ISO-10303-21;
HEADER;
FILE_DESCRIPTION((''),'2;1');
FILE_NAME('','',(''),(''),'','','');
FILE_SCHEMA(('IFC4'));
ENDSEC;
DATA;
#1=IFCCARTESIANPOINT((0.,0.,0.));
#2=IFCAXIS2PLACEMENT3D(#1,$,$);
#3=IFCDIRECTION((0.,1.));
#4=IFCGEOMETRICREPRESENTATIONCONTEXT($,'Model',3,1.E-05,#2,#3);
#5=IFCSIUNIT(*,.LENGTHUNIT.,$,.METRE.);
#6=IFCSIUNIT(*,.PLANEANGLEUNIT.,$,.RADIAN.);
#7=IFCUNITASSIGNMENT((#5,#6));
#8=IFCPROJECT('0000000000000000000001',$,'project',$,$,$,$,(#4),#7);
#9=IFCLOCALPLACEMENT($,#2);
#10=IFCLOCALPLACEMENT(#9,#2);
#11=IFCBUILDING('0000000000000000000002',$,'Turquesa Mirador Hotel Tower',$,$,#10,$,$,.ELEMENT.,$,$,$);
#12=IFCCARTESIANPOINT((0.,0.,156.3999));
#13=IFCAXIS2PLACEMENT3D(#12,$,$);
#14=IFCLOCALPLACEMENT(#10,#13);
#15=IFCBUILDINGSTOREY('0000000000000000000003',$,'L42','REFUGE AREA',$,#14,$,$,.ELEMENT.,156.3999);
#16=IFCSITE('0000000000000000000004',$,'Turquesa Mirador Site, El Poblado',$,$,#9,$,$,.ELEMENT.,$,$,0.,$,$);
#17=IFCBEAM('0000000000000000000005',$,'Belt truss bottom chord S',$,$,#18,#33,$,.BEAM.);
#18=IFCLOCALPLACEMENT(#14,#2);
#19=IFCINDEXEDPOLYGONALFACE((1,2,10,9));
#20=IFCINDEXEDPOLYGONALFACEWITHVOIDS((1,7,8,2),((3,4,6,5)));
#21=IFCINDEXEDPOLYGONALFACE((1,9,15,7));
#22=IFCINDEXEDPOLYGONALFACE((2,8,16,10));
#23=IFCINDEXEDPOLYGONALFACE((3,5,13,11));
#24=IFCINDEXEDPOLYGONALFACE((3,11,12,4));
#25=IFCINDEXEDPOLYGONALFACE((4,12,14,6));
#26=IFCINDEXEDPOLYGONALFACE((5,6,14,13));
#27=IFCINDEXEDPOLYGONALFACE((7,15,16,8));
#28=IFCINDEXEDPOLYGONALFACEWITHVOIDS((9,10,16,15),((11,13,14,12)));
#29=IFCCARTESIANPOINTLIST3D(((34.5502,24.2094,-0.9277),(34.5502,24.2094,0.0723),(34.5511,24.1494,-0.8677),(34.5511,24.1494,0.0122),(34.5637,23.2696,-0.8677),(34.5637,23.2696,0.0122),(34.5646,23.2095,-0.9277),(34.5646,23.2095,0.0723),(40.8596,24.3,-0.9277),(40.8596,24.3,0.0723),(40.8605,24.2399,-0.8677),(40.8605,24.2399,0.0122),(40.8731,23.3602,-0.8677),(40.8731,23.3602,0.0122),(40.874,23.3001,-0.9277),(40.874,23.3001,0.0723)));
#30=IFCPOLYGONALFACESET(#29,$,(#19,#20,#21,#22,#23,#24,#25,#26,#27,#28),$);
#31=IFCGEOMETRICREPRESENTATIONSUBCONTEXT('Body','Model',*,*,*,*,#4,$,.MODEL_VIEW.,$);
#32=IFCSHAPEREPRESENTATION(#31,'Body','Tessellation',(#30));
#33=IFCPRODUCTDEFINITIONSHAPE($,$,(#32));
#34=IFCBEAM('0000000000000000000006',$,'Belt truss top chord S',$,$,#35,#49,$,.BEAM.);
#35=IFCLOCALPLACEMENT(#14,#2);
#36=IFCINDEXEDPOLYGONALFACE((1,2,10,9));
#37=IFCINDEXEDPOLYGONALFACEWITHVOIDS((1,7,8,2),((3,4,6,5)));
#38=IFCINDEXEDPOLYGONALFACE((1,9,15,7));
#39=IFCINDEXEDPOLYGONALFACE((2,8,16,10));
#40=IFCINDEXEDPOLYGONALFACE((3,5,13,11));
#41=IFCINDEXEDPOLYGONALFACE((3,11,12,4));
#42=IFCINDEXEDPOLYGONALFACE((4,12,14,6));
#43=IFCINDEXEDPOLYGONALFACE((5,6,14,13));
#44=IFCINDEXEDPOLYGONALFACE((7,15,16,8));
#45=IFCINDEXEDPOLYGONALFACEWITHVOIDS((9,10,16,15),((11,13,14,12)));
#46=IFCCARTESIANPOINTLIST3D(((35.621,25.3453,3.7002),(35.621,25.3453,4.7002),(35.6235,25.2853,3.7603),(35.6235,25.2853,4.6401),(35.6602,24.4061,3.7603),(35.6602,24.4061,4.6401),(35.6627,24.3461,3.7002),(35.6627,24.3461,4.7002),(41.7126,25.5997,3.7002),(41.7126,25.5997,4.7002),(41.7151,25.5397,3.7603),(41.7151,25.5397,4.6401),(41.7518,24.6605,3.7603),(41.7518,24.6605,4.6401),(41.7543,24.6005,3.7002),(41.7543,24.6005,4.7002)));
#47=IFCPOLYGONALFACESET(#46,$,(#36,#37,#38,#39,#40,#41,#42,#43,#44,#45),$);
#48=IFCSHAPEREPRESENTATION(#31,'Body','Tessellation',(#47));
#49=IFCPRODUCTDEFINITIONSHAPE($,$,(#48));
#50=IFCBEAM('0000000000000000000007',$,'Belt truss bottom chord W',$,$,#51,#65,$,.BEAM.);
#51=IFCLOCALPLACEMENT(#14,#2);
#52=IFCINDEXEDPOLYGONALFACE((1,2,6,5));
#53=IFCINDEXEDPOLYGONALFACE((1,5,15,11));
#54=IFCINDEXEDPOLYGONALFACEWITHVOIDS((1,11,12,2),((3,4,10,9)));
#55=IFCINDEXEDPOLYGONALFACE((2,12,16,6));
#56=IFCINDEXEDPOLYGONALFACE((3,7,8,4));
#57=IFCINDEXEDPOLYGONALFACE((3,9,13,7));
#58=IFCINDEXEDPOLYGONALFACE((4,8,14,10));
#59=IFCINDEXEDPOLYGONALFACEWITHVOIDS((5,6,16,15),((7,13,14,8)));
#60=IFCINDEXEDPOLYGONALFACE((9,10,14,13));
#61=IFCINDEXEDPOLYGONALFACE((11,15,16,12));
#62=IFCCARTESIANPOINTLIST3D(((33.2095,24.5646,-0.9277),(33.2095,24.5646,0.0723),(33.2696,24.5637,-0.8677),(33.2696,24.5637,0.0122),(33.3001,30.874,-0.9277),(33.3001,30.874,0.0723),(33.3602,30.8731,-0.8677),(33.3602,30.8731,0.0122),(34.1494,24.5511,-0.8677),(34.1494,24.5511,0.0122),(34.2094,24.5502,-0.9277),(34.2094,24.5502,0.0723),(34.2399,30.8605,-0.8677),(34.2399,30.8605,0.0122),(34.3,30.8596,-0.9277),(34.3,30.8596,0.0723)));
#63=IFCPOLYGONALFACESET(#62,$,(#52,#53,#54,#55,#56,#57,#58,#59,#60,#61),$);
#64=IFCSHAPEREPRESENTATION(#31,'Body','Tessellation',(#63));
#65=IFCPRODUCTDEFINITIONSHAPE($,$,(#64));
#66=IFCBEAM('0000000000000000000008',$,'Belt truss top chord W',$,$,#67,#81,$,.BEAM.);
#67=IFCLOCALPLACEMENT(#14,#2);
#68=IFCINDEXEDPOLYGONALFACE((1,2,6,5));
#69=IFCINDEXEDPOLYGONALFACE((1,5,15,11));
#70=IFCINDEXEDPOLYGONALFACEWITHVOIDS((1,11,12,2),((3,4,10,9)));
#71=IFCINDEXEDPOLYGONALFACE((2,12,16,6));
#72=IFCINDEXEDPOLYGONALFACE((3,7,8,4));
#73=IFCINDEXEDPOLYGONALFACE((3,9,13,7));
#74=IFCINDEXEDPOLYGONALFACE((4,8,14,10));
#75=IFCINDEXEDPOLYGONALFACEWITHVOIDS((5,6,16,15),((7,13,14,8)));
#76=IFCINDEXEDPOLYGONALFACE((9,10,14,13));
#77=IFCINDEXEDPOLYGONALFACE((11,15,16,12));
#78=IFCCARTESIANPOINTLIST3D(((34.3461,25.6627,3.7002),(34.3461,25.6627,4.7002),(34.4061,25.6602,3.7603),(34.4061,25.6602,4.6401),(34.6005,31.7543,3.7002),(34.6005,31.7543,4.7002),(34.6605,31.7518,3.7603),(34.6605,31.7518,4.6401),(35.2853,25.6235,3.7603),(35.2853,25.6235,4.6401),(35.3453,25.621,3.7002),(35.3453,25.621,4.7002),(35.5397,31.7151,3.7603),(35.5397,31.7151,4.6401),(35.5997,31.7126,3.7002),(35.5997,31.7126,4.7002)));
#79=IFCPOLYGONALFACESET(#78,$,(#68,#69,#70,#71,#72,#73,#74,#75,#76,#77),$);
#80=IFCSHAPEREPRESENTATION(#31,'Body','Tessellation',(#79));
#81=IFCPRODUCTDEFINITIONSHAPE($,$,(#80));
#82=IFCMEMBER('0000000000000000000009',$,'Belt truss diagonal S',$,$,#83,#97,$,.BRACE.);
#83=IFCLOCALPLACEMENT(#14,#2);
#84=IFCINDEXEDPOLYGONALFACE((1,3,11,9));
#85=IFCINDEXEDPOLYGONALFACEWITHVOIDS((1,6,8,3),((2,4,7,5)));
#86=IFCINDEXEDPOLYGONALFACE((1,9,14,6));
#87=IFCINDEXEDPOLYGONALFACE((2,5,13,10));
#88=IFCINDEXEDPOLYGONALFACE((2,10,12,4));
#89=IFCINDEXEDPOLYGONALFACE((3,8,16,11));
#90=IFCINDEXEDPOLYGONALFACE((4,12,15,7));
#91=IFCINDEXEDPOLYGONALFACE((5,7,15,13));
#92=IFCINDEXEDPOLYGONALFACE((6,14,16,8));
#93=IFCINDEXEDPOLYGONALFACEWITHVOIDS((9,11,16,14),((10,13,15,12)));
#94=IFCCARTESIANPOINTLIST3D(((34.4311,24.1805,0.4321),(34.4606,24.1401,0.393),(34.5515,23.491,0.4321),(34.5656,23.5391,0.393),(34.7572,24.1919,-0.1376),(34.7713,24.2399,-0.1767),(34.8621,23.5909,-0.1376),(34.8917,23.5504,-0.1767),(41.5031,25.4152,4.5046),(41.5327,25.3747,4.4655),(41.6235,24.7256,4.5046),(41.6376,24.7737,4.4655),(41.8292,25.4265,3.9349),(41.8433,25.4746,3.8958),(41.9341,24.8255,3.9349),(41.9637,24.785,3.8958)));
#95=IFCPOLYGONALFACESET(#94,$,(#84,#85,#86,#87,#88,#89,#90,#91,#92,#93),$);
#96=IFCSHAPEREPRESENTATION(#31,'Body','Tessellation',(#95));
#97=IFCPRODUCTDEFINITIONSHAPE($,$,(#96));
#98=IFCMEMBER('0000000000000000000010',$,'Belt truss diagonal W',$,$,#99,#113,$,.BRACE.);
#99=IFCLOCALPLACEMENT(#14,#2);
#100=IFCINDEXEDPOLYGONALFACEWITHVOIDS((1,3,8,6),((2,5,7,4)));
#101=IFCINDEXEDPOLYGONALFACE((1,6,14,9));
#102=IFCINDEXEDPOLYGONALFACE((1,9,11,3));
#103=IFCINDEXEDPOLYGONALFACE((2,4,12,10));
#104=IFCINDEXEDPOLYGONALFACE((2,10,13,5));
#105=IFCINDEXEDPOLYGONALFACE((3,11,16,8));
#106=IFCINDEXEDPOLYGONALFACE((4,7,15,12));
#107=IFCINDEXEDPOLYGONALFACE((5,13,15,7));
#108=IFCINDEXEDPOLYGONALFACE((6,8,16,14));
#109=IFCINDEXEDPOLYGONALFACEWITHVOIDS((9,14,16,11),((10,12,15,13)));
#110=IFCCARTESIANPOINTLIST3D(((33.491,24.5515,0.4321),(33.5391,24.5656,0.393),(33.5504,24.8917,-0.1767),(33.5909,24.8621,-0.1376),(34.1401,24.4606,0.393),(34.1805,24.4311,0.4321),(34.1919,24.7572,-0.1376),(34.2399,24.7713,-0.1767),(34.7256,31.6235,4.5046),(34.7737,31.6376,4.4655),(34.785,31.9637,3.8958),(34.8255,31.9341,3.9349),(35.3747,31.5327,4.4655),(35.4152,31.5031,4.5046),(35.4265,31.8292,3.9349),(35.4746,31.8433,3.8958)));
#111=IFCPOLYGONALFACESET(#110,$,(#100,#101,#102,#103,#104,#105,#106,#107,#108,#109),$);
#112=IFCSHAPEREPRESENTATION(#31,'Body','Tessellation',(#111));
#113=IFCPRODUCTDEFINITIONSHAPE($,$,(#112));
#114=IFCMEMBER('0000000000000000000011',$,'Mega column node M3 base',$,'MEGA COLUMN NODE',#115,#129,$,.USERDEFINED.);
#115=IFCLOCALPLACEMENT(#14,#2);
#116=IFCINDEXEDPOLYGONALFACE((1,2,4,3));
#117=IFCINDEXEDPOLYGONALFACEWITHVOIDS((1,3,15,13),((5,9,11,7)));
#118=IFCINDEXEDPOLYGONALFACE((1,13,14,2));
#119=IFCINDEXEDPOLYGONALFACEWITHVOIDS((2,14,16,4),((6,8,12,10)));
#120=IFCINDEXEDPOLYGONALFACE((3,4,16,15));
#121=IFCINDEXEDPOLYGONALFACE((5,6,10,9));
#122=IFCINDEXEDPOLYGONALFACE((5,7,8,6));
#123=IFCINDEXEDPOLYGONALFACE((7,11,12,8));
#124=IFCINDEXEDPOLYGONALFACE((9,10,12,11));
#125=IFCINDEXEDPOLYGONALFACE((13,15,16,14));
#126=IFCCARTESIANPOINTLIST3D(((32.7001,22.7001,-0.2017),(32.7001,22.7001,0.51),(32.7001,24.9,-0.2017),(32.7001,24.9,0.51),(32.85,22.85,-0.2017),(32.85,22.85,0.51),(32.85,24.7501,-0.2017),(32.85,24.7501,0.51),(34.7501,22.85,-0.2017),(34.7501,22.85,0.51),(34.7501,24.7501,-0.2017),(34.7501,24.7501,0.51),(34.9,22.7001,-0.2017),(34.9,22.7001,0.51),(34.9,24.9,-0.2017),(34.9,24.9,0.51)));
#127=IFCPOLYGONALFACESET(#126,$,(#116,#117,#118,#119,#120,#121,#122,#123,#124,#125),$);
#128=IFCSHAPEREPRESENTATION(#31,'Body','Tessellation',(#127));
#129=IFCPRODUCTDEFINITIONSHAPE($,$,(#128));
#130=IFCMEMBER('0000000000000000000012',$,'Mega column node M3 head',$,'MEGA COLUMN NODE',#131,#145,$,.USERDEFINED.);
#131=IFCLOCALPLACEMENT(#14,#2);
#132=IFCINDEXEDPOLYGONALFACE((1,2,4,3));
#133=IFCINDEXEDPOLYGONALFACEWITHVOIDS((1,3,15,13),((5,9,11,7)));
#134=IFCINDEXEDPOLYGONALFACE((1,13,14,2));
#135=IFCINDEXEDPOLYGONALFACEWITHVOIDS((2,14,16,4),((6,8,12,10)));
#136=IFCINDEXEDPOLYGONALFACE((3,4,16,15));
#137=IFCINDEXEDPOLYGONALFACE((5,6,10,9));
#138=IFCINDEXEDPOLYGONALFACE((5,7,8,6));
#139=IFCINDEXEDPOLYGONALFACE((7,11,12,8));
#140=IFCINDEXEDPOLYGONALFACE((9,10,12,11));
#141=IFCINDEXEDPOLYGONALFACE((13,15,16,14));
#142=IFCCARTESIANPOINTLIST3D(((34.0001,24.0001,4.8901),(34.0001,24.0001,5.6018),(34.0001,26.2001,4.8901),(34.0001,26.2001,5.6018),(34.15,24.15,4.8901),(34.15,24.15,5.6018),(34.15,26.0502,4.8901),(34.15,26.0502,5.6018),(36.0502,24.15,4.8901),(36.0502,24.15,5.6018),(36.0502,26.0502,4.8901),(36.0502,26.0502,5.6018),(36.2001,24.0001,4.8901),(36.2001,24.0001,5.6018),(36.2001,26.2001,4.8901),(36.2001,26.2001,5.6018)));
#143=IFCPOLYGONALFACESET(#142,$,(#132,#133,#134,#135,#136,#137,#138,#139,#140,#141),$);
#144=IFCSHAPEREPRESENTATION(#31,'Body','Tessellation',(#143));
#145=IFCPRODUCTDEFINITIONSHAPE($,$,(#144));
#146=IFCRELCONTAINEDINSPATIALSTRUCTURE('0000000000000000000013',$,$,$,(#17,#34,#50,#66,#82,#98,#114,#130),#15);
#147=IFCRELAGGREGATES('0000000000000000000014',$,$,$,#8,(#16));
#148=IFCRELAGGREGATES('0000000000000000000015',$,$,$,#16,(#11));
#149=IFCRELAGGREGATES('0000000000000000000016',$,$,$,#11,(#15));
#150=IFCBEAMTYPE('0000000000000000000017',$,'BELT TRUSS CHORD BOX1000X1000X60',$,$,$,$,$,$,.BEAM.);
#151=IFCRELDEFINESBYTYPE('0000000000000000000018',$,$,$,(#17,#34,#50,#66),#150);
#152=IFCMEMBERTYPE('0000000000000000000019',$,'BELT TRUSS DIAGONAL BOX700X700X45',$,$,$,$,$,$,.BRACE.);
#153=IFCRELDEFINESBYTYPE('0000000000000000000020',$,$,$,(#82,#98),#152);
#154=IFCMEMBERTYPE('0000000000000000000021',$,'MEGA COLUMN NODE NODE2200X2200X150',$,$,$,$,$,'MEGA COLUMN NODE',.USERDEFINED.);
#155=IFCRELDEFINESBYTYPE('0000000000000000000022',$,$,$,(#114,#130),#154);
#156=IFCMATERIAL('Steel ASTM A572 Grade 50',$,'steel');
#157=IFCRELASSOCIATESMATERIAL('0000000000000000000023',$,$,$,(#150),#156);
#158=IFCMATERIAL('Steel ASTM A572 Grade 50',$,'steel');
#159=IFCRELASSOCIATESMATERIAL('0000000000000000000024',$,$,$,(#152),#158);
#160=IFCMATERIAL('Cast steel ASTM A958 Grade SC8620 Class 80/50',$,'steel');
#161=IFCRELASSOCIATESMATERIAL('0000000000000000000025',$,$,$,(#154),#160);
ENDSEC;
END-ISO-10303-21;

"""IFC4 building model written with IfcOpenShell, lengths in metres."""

from ifc_helpers import new_model, si_unit, direction, frame, origin, origin_2d, place, context, subcontext, project, spatial, hollow_rectangle, extrude, material, material_profile, profile_set, type_object, element, save


model = new_model("IFC4")

# Units and contexts
model_context = context("Model", 3, precision=1e-05, world=origin(), true_north=direction((0.0, 1.0)))
body_context = subcontext(model_context, "Body", "Model", "MODEL_VIEW")
ifc_project = project(units=[si_unit("LENGTHUNIT", "METRE"), si_unit("PLANEANGLEUNIT", "RADIAN")], contexts=[model_context])

# Site, building, storey
site_placement = place(None, origin())
site = spatial("IfcSite", under=ifc_project, at=site_placement, Name="Turquesa Mirador Site, El Poblado", CompositionType="ELEMENT", RefElevation=0.0)
building_placement = place(site_placement, origin())
building = spatial("IfcBuilding", under=site, at=building_placement, Name="Turquesa Mirador Hotel Tower", CompositionType="ELEMENT")
storey_placement = place(building_placement, frame((0.0, 0.0, 156.3999)))
storey = spatial("IfcBuildingStorey", under=building, at=storey_placement, Name="L42", Description="REFUGE AREA", CompositionType="ELEMENT", Elevation=156.3999)

# Beams
ifc_material_1 = material(Name="Steel ASTM A572 Grade 50", Category="steel")
ifc_material_profile_1 = material_profile(ifc_material_1, hollow_rectangle(XDim=1.0, YDim=1.0, WallThickness=0.0601, at=origin_2d()), Name="BOX1000X1000X60")
ifc_profile_set_1 = profile_set([ifc_material_profile_1], Name="Steel ASTM A572 Grade 50")
beam_type = type_object("IfcBeamType", Name="BELT TRUSS CHORD BOX1000X1000X60", PredefinedType="BEAM", material=ifc_profile_set_1)
beam_1_placement = place(storey_placement, frame((34.5574, 23.7095, -0.4277), z_axis=(0.999897, 0.014354, 0.0), x_axis=(-0.014354, 0.999897, 0.0)))
element("IfcBeam", 1, at=beam_1_placement, inside=storey, type_object=beam_type, Name="Belt truss bottom chord S", PredefinedType="BEAM", context=body_context, shape_type="SweptSolid", body=[
    extrude(hollow_rectangle(XDim=1.0, YDim=1.0, WallThickness=0.0601, at=origin_2d()), origin(), (0.0, 0.0, 1.0), 6.3101),
])
beam_2_placement = place(storey_placement, frame((35.6418, 24.8457, 4.2002), z_axis=(0.999129, 0.041725, 0.0), x_axis=(-0.041725, 0.999129, 0.0)))
element("IfcBeam", 2, at=beam_2_placement, inside=storey, type_object=beam_type, Name="Belt truss top chord S", PredefinedType="BEAM", context=body_context, shape_type="SweptSolid", body=[
    extrude(hollow_rectangle(XDim=1.0, YDim=1.0, WallThickness=0.0601, at=origin_2d()), origin(), (0.0, 0.0, 1.0), 6.0969),
])
beam_3_placement = place(storey_placement, frame((33.7095, 24.5574, -0.4277), z_axis=(0.014354, 0.999897, 0.0), x_axis=(-0.999897, 0.014354, 0.0)))
element("IfcBeam", 3, at=beam_3_placement, inside=storey, type_object=beam_type, Name="Belt truss bottom chord W", PredefinedType="BEAM", context=body_context, shape_type="SweptSolid", body=[
    extrude(hollow_rectangle(XDim=1.0, YDim=1.0, WallThickness=0.0601, at=origin_2d()), origin(), (0.0, 0.0, 1.0), 6.3101),
])
beam_4_placement = place(storey_placement, frame((34.8457, 25.6418, 4.2002), z_axis=(0.041725, 0.999129, 0.0), x_axis=(-0.999129, 0.041725, 0.0)))
element("IfcBeam", 4, at=beam_4_placement, inside=storey, type_object=beam_type, Name="Belt truss top chord W", PredefinedType="BEAM", context=body_context, shape_type="SweptSolid", body=[
    extrude(hollow_rectangle(XDim=1.0, YDim=1.0, WallThickness=0.0601, at=origin_2d()), origin(), (0.0, 0.0, 1.0), 6.0969),
])

# Members
ifc_material_2 = material(Name="Steel ASTM A572 Grade 50", Category="steel")
ifc_material_profile_2 = material_profile(ifc_material_2, hollow_rectangle(XDim=0.7, YDim=0.7, WallThickness=0.0449, at=origin_2d()), Name="BOX700X700X45")
ifc_profile_set_2 = profile_set([ifc_material_profile_2], Name="Steel ASTM A572 Grade 50")
member_type_1 = type_object("IfcMemberType", Name="BELT TRUSS DIAGONAL BOX700X700X45", PredefinedType="BRACE", material=ifc_profile_set_2)
for number, where, z_axis, x_axis, name in (
    (5, (34.6614, 23.8655, 0.1277), (0.856833, 0.149584, 0.493418), (-0.171977, 0.985101, 0.0), "Belt truss diagonal S"),
    (6, (33.8655, 24.6614, 0.1277), (0.149584, 0.856833, 0.493418), (-0.985101, 0.171977, 0.0), "Belt truss diagonal W"),
):
    element("IfcMember", number, at=place(storey_placement, frame(where, z_axis=z_axis, x_axis=x_axis)), inside=storey, type_object=member_type_1, Name=name, PredefinedType="BRACE", context=body_context, shape_type="SweptSolid", body=[
        extrude(hollow_rectangle(XDim=0.7, YDim=0.7, WallThickness=0.0449, at=origin_2d()), origin(), (0.0, 0.0, 1.0), 8.2537),
    ])
ifc_material_3 = material(Name="Cast steel ASTM A958 Grade SC8620 Class 80/50", Category="steel")
ifc_material_profile_3 = material_profile(ifc_material_3, hollow_rectangle(XDim=2.2, YDim=2.2, WallThickness=0.1499, at=origin_2d()), Name="NODE2200X2200X150")
ifc_profile_set_3 = profile_set([ifc_material_profile_3], Name="Cast steel ASTM A958 Grade SC8620 Class 80/50")
member_type_2 = type_object("IfcMemberType", Name="MEGA COLUMN NODE NODE2200X2200X150", ElementType="MEGA COLUMN NODE", PredefinedType="USERDEFINED", material=ifc_profile_set_3)
for number, where, z_axis, x_axis, name in (
    (7, (33.8, 23.8, -0.2017), (0.0, 0.0, 1.0), (1.0, 0.0, 0.0), "Mega column node M3 base"),
    (8, (35.1001, 25.1001, 4.8901), (0.0, 0.0, 1.0), (1.0, 0.0, 0.0), "Mega column node M3 head"),
):
    element("IfcMember", number, at=place(storey_placement, frame(where, z_axis=z_axis, x_axis=x_axis)), inside=storey, type_object=member_type_2, Name=name, ObjectType="MEGA COLUMN NODE", PredefinedType="USERDEFINED", context=body_context, shape_type="SweptSolid", body=[
        extrude(hollow_rectangle(XDim=2.2, YDim=2.2, WallThickness=0.1499, at=origin_2d()), origin(), (0.0, 0.0, 1.0), 0.7117),
    ])

save(model, "model.ifc")
